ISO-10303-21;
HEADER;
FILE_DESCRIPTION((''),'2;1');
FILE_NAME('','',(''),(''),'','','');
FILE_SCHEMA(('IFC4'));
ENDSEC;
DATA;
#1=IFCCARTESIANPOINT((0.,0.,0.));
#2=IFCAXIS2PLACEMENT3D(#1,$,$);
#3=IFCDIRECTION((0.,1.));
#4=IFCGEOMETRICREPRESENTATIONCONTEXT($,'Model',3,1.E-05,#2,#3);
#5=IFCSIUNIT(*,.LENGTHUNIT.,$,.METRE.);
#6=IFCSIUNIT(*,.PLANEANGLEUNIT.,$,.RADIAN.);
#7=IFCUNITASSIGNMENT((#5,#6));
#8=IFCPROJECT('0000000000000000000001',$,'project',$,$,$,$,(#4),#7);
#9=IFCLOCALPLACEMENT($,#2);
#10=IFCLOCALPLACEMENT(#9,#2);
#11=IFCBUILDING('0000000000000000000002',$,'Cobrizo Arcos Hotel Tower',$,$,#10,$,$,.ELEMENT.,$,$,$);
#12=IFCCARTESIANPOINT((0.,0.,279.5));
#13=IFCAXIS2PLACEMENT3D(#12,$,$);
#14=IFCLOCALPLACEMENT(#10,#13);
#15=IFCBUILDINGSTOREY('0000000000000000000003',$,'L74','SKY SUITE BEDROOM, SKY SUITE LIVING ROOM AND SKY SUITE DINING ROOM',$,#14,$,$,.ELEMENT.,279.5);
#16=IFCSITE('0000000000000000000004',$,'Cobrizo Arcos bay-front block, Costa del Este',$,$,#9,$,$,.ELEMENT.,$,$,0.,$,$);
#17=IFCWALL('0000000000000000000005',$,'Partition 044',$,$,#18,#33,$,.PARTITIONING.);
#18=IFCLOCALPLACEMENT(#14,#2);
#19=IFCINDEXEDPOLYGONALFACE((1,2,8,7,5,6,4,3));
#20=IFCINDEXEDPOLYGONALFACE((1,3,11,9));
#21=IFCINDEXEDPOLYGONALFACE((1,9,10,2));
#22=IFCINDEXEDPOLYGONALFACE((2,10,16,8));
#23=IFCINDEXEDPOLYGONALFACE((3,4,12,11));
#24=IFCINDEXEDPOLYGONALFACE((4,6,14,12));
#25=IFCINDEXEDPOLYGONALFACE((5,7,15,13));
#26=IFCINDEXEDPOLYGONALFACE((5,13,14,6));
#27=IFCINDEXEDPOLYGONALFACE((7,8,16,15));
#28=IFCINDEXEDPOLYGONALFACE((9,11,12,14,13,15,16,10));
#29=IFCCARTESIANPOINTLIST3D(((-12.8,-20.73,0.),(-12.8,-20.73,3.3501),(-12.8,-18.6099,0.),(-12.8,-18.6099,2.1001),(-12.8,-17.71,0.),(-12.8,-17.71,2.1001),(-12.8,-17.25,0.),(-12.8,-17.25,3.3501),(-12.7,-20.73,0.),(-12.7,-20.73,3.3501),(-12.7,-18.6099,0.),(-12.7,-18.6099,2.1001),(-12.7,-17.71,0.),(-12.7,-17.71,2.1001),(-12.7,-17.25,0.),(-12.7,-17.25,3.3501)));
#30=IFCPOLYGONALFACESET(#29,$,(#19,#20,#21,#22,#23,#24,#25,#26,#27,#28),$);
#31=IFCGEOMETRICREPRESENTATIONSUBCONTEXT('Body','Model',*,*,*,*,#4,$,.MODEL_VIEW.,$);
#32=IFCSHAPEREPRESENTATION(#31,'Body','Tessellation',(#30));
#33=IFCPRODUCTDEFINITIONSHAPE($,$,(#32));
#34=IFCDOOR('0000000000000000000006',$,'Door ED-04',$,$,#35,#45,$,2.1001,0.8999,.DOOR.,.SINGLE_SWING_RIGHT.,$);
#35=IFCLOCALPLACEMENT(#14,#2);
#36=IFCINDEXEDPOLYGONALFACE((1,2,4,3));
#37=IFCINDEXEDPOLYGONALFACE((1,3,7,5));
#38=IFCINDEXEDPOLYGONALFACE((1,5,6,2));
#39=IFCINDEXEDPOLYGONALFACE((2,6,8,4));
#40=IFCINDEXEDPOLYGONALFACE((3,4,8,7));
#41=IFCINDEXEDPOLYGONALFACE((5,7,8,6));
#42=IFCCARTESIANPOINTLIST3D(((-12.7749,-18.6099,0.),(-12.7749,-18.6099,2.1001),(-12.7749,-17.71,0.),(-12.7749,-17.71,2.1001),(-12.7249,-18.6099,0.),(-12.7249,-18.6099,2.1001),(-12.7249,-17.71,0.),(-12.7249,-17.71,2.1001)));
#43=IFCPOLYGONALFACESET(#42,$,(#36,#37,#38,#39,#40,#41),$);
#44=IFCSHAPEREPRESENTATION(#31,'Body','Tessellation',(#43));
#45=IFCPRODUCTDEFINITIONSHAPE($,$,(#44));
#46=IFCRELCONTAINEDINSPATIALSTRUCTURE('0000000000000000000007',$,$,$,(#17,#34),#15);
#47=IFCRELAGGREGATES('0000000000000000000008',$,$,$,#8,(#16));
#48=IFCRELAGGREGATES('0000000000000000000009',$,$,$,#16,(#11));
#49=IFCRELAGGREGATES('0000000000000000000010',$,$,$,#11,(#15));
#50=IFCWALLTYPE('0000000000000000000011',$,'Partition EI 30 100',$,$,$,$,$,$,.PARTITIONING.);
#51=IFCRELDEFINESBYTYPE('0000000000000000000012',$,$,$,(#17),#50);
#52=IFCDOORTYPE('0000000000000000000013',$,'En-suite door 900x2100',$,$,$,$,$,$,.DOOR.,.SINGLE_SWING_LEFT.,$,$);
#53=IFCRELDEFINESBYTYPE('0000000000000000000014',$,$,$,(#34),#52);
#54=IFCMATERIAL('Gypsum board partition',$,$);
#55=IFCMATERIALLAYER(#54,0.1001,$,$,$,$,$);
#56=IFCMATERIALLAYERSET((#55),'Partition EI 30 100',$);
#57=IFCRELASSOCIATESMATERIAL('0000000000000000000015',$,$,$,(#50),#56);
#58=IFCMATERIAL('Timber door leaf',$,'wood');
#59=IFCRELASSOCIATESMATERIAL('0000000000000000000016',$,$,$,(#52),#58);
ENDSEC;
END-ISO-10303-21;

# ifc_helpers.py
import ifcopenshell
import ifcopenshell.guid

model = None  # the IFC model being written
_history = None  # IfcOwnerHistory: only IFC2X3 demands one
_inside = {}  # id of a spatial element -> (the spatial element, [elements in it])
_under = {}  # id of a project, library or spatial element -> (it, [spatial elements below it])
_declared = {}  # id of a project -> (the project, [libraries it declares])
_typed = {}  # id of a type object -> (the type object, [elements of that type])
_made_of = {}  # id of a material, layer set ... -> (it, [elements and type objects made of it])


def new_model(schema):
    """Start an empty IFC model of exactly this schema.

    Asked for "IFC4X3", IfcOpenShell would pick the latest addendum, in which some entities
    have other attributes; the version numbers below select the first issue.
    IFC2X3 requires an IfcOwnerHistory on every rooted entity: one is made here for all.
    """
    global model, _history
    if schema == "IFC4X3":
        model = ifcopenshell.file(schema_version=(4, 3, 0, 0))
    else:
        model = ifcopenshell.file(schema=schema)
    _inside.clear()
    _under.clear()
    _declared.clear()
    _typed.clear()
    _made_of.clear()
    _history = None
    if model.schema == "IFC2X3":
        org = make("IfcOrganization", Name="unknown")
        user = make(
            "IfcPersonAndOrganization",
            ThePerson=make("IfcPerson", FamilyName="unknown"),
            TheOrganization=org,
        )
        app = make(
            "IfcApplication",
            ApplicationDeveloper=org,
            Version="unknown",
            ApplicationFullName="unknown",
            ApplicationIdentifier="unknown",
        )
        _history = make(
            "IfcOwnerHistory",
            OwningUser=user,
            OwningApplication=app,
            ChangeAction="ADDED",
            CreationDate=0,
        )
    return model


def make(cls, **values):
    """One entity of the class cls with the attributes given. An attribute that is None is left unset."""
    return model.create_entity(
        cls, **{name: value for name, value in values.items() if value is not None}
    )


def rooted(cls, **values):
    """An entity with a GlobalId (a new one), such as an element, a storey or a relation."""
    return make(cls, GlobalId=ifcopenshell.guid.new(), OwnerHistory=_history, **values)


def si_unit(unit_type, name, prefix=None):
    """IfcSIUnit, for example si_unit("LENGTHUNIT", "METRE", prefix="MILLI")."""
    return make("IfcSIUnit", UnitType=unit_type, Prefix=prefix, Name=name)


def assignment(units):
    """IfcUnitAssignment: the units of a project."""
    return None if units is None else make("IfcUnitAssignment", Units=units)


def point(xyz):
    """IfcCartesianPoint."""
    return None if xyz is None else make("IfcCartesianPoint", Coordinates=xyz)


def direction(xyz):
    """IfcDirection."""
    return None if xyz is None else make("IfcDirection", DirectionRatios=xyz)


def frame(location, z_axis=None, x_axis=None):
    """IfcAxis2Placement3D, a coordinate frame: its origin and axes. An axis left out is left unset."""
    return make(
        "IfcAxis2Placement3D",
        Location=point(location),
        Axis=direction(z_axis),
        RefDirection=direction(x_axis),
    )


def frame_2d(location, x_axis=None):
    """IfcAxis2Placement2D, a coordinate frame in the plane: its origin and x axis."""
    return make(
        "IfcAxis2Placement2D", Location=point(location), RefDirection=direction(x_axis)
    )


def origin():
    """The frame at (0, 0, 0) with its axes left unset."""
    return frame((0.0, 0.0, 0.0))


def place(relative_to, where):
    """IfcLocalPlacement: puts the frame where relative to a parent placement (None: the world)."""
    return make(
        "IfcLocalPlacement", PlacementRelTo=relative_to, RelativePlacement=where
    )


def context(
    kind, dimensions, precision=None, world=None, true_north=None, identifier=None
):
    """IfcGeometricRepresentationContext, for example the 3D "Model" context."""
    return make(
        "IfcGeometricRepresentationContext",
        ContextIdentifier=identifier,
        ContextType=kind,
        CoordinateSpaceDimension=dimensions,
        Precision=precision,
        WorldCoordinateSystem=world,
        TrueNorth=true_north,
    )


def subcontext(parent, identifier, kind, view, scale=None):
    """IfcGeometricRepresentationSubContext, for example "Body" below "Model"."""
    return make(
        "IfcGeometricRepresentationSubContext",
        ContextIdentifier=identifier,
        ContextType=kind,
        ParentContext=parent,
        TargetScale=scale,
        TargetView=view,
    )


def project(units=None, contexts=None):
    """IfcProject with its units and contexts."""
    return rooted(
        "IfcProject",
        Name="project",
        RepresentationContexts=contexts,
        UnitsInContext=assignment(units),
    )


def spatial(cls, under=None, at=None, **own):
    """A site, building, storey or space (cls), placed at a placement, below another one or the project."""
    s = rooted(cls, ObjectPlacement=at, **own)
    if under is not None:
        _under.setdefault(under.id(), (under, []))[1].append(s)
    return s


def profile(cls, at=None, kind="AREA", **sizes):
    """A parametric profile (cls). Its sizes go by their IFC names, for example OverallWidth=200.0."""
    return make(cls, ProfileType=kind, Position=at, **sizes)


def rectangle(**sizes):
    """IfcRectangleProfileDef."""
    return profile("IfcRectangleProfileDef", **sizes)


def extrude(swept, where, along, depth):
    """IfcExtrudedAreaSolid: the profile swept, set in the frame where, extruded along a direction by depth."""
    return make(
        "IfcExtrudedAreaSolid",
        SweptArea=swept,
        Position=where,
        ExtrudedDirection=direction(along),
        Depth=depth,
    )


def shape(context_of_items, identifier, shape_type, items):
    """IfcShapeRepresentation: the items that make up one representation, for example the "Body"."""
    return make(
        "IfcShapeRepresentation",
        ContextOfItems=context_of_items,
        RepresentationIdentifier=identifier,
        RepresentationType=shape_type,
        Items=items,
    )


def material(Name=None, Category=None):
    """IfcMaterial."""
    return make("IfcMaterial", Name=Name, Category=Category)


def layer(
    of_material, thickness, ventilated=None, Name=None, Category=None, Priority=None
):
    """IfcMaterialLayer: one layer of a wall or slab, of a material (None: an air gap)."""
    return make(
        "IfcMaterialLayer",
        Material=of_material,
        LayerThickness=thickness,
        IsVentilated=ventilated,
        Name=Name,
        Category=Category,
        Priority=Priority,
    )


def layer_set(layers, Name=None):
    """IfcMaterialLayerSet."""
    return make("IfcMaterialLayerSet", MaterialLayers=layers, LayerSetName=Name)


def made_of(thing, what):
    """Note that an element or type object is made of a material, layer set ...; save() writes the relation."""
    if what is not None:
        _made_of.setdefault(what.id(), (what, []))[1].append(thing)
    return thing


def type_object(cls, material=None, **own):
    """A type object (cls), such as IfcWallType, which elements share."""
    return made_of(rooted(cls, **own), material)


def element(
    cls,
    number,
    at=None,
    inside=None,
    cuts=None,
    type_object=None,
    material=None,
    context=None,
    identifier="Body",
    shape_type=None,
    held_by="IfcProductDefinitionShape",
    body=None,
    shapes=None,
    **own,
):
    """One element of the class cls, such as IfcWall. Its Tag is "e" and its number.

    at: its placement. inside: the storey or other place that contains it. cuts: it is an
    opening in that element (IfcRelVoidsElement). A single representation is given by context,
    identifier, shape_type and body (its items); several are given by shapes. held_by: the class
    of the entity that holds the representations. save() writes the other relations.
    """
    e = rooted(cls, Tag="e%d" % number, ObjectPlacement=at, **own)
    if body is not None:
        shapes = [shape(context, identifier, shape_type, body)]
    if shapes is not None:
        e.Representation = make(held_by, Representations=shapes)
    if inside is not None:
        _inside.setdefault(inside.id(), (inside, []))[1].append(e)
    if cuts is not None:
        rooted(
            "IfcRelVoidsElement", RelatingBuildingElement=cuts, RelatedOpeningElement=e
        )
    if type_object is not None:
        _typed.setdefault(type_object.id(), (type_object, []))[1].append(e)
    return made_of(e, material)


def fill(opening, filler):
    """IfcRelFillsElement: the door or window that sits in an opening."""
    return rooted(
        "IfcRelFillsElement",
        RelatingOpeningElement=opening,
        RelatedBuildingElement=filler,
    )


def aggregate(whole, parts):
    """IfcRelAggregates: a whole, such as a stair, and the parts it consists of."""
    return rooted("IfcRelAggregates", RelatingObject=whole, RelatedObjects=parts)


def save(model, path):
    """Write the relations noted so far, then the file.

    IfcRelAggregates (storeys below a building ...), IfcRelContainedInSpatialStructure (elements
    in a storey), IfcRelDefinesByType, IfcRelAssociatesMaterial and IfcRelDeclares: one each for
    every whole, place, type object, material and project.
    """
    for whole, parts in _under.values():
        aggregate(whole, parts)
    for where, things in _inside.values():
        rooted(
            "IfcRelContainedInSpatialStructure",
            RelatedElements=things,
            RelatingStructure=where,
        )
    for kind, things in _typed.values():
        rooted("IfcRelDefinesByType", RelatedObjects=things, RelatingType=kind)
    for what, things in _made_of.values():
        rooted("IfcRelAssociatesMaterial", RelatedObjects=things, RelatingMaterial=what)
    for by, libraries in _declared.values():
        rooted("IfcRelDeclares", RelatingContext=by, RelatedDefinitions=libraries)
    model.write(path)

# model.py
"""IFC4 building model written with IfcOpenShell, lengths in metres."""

from ifc_helpers import new_model, si_unit, direction, frame, frame_2d, origin, place, context, subcontext, project, spatial, rectangle, extrude, material, layer, layer_set, type_object, element, fill, save


model = new_model("IFC4")

# Units and contexts
model_context = context("Model", 3, precision=1e-05, world=origin(), true_north=direction((0.0, 1.0)))
body_context = subcontext(model_context, "Body", "Model", "MODEL_VIEW")
ifc_project = project(units=[si_unit("LENGTHUNIT", "METRE"), si_unit("PLANEANGLEUNIT", "RADIAN")], contexts=[model_context])

# Site, building, storey
site_placement = place(None, origin())
site = spatial("IfcSite", under=ifc_project, at=site_placement, Name="Cobrizo Arcos bay-front block, Costa del Este", CompositionType="ELEMENT", RefElevation=0.0)
building_placement = place(site_placement, origin())
building = spatial("IfcBuilding", under=site, at=building_placement, Name="Cobrizo Arcos Hotel Tower", CompositionType="ELEMENT")
storey_placement = place(building_placement, frame((0.0, 0.0, 279.5)))
storey = spatial("IfcBuildingStorey", under=building, at=storey_placement, Name="L74", Description="SKY SUITE BEDROOM, SKY SUITE LIVING ROOM AND SKY SUITE DINING ROOM", CompositionType="ELEMENT", Elevation=279.5)

# Shared definitions
ifc_material_1 = material(Name="Gypsum board partition")
ifc_material_2 = material(Name="Timber door leaf", Category="wood")

# Shared definitions
ifc_layer_1 = layer(ifc_material_1, 0.1001)
ifc_layer_set_1 = layer_set([ifc_layer_1], Name="Partition EI 30 100")
wall_type_1 = type_object("IfcWallType", Name="Partition EI 30 100", PredefinedType="PARTITIONING", material=ifc_layer_set_1)

# Wall, opening, door
wall_1_placement = place(storey_placement, frame((-12.75, -20.73, 0.0), z_axis=(0.0, 0.0, 1.0), x_axis=(0.0, 1.0, 0.0)))
wall_1 = element("IfcWall", 1, at=wall_1_placement, inside=storey, type_object=wall_type_1, Name="Partition 044", PredefinedType="PARTITIONING", context=body_context, shape_type="SweptSolid", body=[
    extrude(rectangle(XDim=3.48, YDim=0.1001, at=frame_2d((1.74, 0.0))), origin(), (0.0, 0.0, 1.0), 3.3501),
])
opening_1_placement = place(wall_1_placement, frame((2.1201, 0.0, 0.0)))
opening_1 = element("IfcOpeningElement", 2, at=opening_1_placement, cuts=wall_1, PredefinedType="OPENING", context=body_context, shape_type="SweptSolid", body=[
    extrude(rectangle(XDim=0.8999, YDim=2.1001, at=frame_2d((0.45, 1.05))), frame((0.0, 0.062, 0.0), z_axis=(0.0, -1.0, 0.0), x_axis=(1.0, 0.0, 0.0)), (0.0, 0.0, 1.0), 0.124),
])
door_type_1 = type_object("IfcDoorType", Name="En-suite door 900x2100", OperationType="SINGLE_SWING_LEFT", PredefinedType="DOOR", material=ifc_material_2)
door_1_placement = place(opening_1_placement, origin())
door_1 = element("IfcDoor", 3, at=door_1_placement, inside=storey, type_object=door_type_1, Name="Door ED-04", OperationType="SINGLE_SWING_RIGHT", OverallHeight=2.1001, OverallWidth=0.8999, PredefinedType="DOOR", context=body_context, shape_type="SweptSolid", body=[
    extrude(rectangle(XDim=0.8999, YDim=2.1001, at=frame_2d((0.45, 1.05))), frame((0.0, 0.0249, 0.0), z_axis=(0.0, -1.0, 0.0), x_axis=(1.0, 0.0, 0.0)), (0.0, 0.0, 1.0), 0.05),
])
fill(opening_1, door_1)

save(model, "model.ifc")
